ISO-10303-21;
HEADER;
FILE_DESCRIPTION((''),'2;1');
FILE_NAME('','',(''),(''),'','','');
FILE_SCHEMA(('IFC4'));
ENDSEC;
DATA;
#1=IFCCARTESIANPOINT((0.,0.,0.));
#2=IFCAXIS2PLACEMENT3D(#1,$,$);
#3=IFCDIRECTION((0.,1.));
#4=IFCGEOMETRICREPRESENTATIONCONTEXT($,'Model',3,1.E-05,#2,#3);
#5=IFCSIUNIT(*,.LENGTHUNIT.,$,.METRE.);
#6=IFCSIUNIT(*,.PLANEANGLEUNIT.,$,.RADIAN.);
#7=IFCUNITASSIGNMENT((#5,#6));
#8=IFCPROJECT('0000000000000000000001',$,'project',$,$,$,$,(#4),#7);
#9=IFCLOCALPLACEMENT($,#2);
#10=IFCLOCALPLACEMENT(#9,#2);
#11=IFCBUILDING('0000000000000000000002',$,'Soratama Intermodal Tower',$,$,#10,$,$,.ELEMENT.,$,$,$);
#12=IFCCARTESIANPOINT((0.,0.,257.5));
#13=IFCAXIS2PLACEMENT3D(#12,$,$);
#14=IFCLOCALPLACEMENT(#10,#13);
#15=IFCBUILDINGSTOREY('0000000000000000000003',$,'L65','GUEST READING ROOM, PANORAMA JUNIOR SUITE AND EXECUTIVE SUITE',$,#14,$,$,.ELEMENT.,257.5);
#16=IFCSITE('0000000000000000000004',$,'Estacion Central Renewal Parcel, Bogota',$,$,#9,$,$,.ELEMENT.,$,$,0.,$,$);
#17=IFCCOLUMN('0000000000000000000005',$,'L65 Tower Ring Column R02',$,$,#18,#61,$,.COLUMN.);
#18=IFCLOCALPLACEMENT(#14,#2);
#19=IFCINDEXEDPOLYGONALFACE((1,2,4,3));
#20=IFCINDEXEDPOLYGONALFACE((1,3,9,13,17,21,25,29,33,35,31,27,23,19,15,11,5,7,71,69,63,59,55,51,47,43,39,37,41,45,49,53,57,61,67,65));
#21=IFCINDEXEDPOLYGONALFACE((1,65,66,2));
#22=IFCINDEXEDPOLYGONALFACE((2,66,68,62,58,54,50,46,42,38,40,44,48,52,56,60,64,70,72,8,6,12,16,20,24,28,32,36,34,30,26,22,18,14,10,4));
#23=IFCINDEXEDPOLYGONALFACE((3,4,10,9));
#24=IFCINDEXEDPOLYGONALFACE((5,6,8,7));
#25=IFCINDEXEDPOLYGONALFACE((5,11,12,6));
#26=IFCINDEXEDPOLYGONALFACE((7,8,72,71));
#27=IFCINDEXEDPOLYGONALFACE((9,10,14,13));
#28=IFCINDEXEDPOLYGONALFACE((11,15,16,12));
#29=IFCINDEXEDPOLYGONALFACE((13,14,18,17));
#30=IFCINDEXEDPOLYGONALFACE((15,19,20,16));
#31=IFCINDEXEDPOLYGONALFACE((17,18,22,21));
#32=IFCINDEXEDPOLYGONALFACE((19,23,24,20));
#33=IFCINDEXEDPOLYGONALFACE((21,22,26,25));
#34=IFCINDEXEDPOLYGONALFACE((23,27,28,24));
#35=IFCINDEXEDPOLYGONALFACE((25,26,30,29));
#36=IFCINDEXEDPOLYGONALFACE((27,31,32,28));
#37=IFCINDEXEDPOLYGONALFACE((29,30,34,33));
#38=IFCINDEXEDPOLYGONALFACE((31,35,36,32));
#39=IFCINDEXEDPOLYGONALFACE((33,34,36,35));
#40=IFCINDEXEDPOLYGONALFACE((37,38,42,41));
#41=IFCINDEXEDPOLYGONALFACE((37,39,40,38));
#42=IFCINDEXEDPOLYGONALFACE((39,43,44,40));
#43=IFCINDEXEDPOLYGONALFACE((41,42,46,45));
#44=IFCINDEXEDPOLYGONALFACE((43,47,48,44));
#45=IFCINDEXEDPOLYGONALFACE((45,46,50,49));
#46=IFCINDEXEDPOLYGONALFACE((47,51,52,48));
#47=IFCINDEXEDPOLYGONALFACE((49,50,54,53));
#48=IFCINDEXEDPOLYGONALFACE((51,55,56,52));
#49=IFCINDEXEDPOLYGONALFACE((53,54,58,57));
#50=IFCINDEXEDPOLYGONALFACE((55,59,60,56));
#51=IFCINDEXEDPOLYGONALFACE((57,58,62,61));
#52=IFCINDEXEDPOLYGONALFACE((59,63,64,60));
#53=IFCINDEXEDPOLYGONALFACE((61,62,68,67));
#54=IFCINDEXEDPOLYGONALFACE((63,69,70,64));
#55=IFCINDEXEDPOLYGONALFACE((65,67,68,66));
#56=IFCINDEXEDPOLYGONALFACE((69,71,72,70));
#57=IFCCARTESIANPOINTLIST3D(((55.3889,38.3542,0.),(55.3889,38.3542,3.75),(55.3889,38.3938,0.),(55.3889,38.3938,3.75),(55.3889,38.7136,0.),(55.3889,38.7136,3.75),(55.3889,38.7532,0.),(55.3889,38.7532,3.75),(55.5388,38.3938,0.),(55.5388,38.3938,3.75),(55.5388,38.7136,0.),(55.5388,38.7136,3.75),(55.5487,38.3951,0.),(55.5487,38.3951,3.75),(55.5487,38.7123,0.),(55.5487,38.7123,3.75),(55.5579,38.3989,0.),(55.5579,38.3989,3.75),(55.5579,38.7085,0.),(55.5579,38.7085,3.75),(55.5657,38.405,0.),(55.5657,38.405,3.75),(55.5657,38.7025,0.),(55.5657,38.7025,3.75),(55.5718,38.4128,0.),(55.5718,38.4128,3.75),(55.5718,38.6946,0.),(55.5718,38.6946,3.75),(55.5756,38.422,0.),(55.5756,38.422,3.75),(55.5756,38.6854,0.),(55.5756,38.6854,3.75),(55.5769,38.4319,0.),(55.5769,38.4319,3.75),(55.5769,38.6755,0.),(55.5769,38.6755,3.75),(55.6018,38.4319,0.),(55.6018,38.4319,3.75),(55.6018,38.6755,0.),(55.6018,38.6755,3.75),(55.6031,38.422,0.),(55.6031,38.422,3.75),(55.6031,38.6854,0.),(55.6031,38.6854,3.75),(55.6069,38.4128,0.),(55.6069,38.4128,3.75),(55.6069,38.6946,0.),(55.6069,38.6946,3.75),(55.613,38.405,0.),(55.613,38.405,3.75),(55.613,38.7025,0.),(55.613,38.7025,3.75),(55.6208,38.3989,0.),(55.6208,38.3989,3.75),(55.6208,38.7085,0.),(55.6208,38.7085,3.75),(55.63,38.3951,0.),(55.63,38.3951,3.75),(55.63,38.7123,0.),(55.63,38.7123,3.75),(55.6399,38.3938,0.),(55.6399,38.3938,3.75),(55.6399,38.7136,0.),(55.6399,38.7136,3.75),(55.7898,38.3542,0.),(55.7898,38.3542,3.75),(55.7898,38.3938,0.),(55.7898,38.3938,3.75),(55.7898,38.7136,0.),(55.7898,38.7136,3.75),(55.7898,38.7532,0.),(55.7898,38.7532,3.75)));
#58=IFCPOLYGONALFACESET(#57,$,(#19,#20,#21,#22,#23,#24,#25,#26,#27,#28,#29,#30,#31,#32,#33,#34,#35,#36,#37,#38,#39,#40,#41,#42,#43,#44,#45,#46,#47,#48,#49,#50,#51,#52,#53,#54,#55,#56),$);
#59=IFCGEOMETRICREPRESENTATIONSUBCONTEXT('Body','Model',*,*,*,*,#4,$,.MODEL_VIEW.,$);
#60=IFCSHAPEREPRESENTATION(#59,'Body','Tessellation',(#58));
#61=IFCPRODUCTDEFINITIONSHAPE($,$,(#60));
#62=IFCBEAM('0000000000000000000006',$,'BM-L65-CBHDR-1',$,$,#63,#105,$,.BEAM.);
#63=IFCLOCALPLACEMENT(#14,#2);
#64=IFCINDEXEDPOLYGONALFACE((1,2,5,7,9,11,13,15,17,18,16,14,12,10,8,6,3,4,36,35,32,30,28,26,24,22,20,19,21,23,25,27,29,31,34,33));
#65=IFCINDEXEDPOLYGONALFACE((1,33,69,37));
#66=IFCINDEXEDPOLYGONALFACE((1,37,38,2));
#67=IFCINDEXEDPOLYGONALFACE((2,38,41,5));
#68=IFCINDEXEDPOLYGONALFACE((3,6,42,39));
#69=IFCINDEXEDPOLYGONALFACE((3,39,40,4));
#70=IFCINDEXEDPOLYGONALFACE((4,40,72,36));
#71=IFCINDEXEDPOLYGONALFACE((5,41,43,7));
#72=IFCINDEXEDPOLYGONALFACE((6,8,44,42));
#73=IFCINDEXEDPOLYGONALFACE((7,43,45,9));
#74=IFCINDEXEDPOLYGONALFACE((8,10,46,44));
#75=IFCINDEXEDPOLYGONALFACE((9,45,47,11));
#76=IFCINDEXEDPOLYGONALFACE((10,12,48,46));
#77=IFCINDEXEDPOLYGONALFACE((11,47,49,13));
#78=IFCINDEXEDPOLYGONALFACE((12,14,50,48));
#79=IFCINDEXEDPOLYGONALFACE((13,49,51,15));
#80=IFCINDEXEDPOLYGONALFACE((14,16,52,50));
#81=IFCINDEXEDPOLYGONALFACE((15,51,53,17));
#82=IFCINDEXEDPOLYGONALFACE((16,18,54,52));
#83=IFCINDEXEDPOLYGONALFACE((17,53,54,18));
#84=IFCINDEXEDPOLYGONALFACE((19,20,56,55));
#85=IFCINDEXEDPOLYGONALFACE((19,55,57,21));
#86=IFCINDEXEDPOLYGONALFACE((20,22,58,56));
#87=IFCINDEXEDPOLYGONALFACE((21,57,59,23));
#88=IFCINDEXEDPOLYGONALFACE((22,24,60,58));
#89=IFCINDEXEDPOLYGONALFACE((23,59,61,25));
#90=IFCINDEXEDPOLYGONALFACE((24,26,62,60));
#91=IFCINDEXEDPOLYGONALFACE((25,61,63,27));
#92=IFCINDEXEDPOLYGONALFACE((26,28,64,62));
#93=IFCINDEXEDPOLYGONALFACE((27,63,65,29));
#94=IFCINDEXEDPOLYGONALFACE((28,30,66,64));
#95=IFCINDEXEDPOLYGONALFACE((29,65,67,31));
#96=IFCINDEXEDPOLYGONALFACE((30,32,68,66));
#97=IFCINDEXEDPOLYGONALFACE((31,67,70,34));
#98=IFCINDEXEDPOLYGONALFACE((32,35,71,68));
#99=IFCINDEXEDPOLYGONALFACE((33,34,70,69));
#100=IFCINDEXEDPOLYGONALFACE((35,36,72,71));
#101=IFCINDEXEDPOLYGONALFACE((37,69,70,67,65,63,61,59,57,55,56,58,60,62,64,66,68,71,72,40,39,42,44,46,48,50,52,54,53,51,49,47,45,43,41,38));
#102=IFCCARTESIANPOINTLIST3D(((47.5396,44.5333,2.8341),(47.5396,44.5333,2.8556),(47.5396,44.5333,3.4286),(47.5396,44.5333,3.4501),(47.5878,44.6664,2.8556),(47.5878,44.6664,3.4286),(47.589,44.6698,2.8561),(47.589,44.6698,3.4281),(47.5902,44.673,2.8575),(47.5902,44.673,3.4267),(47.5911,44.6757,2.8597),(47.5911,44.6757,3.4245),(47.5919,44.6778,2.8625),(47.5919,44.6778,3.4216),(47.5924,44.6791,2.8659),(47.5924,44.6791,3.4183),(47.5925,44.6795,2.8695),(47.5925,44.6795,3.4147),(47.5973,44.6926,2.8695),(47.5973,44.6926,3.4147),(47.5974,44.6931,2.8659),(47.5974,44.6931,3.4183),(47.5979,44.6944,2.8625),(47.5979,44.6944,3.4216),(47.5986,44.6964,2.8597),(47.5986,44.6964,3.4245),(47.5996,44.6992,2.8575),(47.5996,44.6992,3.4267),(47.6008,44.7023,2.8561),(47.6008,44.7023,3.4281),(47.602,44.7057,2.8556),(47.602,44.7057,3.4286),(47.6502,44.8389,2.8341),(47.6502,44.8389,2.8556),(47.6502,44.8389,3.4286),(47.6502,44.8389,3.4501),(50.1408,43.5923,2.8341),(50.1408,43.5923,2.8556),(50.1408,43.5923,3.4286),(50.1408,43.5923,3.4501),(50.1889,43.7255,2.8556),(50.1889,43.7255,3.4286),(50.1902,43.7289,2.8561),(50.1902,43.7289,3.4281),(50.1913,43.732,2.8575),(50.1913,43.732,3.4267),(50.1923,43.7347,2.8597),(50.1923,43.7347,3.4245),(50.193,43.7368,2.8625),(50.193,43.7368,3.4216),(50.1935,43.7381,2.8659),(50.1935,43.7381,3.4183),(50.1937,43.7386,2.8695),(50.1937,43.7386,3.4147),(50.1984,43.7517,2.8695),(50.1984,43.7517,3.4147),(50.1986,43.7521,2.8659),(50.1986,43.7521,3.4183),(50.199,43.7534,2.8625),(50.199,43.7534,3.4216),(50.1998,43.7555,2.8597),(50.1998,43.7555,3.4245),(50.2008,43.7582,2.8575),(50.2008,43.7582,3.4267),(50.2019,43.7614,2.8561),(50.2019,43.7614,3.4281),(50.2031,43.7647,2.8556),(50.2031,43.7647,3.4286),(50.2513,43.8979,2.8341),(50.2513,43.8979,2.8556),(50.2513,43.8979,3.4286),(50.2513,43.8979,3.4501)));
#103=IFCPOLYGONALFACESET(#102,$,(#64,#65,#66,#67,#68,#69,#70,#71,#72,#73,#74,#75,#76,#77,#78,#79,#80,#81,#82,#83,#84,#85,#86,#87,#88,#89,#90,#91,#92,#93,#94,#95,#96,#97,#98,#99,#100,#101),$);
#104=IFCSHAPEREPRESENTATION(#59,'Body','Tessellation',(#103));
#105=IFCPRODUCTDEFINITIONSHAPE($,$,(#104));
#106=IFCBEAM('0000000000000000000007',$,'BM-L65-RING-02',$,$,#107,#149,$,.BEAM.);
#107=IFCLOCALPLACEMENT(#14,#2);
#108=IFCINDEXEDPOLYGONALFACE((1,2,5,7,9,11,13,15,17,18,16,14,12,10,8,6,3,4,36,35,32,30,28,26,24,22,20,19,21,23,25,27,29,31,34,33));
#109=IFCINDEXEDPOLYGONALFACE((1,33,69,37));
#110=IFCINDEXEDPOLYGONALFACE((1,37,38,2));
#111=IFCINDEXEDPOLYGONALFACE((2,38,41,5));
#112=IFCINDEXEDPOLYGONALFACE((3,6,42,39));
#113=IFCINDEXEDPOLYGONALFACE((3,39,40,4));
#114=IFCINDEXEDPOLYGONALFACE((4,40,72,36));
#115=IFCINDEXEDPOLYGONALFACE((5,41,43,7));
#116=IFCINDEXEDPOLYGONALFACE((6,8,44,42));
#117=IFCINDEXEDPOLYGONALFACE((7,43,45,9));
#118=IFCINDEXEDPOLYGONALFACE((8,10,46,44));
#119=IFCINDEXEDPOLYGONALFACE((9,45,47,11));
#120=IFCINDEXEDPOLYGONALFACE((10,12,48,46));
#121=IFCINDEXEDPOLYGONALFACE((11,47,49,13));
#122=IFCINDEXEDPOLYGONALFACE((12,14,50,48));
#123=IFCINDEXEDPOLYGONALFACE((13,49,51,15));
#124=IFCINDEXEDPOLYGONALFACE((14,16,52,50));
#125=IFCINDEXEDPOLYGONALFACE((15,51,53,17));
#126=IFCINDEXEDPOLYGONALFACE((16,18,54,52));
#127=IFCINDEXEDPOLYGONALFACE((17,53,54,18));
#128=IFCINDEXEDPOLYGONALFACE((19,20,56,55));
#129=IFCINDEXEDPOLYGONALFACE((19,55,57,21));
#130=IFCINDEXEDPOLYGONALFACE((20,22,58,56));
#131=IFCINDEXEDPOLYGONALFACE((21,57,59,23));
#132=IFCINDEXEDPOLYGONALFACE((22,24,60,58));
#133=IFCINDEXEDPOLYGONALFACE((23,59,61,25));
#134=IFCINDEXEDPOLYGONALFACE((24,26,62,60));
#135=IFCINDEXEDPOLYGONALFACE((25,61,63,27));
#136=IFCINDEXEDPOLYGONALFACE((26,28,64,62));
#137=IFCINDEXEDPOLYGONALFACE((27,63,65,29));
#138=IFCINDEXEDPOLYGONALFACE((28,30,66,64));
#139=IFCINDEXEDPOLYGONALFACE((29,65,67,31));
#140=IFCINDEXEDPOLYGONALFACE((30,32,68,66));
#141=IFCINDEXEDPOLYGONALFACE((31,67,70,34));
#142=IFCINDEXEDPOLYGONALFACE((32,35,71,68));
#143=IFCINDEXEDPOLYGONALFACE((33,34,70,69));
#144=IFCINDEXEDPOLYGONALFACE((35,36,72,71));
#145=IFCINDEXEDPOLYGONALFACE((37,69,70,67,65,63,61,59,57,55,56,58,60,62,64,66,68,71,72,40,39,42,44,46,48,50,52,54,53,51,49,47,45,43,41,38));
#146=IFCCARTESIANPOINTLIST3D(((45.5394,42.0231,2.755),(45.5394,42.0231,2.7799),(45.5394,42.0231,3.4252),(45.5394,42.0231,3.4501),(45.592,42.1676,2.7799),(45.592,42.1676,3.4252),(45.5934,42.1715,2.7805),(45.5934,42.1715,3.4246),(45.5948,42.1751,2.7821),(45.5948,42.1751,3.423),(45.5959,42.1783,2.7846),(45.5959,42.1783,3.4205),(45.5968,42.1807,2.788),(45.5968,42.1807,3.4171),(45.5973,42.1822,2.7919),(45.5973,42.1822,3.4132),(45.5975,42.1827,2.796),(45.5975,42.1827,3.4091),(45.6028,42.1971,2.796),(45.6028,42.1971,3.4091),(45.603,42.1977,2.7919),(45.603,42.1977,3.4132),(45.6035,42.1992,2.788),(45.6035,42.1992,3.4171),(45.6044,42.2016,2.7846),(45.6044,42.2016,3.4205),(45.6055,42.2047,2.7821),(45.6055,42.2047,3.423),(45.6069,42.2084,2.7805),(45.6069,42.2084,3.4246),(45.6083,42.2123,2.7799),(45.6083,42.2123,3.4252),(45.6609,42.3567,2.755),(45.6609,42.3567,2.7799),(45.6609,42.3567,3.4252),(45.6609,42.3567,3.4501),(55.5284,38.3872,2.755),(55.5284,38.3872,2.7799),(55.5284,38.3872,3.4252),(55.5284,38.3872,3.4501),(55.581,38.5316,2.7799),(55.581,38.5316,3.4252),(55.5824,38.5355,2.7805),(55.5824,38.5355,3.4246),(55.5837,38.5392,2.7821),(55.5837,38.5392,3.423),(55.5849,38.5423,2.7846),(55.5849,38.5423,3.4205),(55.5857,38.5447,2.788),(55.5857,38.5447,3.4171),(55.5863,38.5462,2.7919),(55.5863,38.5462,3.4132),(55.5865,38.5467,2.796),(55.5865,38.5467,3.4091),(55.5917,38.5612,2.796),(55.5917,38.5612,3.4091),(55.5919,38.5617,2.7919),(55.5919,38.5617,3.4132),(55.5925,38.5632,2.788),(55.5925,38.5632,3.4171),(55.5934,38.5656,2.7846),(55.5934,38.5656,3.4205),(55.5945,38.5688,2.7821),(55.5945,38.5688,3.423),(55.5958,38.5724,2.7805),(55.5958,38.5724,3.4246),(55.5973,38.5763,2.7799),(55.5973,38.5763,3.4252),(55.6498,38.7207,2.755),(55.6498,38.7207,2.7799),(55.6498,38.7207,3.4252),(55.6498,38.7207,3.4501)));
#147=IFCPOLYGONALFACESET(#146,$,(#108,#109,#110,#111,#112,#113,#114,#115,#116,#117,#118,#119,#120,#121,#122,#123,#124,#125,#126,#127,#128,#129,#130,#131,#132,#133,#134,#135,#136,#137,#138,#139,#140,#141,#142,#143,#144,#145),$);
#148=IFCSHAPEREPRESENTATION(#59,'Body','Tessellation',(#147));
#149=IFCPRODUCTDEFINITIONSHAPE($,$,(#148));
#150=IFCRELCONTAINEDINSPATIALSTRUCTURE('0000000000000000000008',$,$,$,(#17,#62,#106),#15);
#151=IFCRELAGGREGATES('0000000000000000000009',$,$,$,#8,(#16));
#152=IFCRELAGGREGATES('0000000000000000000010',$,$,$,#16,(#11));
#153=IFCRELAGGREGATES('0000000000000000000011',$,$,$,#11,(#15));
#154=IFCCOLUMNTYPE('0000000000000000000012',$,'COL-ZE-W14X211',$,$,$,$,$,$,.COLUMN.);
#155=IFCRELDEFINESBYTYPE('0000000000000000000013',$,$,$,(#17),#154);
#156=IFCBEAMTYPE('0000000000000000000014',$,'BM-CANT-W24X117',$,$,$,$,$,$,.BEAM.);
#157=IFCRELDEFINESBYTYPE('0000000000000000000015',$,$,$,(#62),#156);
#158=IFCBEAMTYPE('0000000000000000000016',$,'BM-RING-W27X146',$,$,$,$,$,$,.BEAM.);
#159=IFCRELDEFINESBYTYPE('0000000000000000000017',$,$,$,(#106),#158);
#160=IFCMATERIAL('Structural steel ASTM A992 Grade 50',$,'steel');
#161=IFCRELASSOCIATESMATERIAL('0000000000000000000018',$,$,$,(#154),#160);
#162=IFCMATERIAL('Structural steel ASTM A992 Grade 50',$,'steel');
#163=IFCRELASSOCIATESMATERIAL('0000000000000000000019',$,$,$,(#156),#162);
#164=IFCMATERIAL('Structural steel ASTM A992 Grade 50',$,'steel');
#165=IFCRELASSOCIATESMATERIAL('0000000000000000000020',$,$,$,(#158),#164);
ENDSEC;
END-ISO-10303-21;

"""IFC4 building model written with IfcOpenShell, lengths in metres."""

from ifc_helpers import new_model, si_unit, direction, frame, origin, origin_2d, place, context, subcontext, project, spatial, i_section, extrude, material, material_profile, profile_set, type_object, element, save


model = new_model("IFC4")

# Units and contexts
model_context = context("Model", 3, precision=1e-05, world=origin(), true_north=direction((0.0, 1.0)))
body_context = subcontext(model_context, "Body", "Model", "MODEL_VIEW")
ifc_project = project(units=[si_unit("LENGTHUNIT", "METRE"), si_unit("PLANEANGLEUNIT", "RADIAN")], contexts=[model_context])

# Site, building, storey
site_placement = place(None, origin())
site = spatial("IfcSite", under=ifc_project, at=site_placement, Name="Estacion Central Renewal Parcel, Bogota", CompositionType="ELEMENT", RefElevation=0.0)
building_placement = place(site_placement, origin())
building = spatial("IfcBuilding", under=site, at=building_placement, Name="Soratama Intermodal Tower", CompositionType="ELEMENT")
storey_placement = place(building_placement, frame((0.0, 0.0, 257.5)))
storey = spatial("IfcBuildingStorey", under=building, at=storey_placement, Name="L65", Description="GUEST READING ROOM, PANORAMA JUNIOR SUITE AND EXECUTIVE SUITE", CompositionType="ELEMENT", Elevation=257.5)

# Column
ifc_material_1 = material(Name="Structural steel ASTM A992 Grade 50", Category="steel")
ifc_material_profile_1 = material_profile(ifc_material_1, i_section(OverallWidth=0.4009, OverallDepth=0.3989, WebThickness=0.0249, FlangeThickness=0.0396, FilletRadius=0.0381, at=origin_2d()), Name="W14X211")
ifc_profile_set_1 = profile_set([ifc_material_profile_1], Name="Structural steel ASTM A992 Grade 50")
column_type = type_object("IfcColumnType", Name="COL-ZE-W14X211", PredefinedType="COLUMN", material=ifc_profile_set_1)
column_placement = place(storey_placement, frame((55.5894, 38.5537, 0.0), z_axis=(0.0, 0.0, 1.0), x_axis=(1.0, 0.0, 0.0)))
element("IfcColumn", 1, at=column_placement, inside=storey, type_object=column_type, Name="L65 Tower Ring Column R02", PredefinedType="COLUMN", context=body_context, shape_type="SweptSolid", body=[
    extrude(i_section(OverallWidth=0.4009, OverallDepth=0.3989, WebThickness=0.0249, FlangeThickness=0.0396, FilletRadius=0.0381, at=origin_2d()), origin(), (0.0, 0.0, 1.0), 3.75),
])

# Beams
ifc_material_2 = material(Name="Structural steel ASTM A992 Grade 50", Category="steel")
ifc_material_profile_2 = material_profile(ifc_material_2, i_section(OverallWidth=0.325, OverallDepth=0.616, WebThickness=0.0139, FlangeThickness=0.0215, FilletRadius=0.0139, at=origin_2d()), Name="W24X117")
ifc_profile_set_2 = profile_set([ifc_material_profile_2], Name="Structural steel ASTM A992 Grade 50")
beam_type_1 = type_object("IfcBeamType", Name="BM-CANT-W24X117", PredefinedType="BEAM", material=ifc_profile_set_2)
beam_1_placement = place(storey_placement, frame((50.196, 43.7451, 3.1421), z_axis=(-0.940364, 0.340169, 0.0), x_axis=(-0.340169, -0.940364, 0.0)))
element("IfcBeam", 2, at=beam_1_placement, inside=storey, type_object=beam_type_1, Name="BM-L65-CBHDR-1", PredefinedType="BEAM", context=body_context, shape_type="SweptSolid", body=[
    extrude(i_section(OverallWidth=0.325, OverallDepth=0.616, WebThickness=0.0139, FlangeThickness=0.0215, FilletRadius=0.0139, at=origin_2d()), origin(), (0.0, 0.0, 1.0), 2.7661),
])
ifc_material_3 = material(Name="Structural steel ASTM A992 Grade 50", Category="steel")
ifc_material_profile_3 = material_profile(ifc_material_3, i_section(OverallWidth=0.355, OverallDepth=0.6951, WebThickness=0.0154, FlangeThickness=0.0249, FilletRadius=0.0161, at=origin_2d()), Name="W27X146")
ifc_profile_set_3 = profile_set([ifc_material_profile_3], Name="Structural steel ASTM A992 Grade 50")
beam_type_2 = type_object("IfcBeamType", Name="BM-RING-W27X146", PredefinedType="BEAM", material=ifc_profile_set_3)
beam_2_placement = place(storey_placement, frame((55.5891, 38.554, 3.1025), z_axis=(-0.939684, 0.342044, 0.0), x_axis=(-0.342044, -0.939684, 0.0)))
element("IfcBeam", 3, at=beam_2_placement, inside=storey, type_object=beam_type_2, Name="BM-L65-RING-02", PredefinedType="BEAM", context=body_context, shape_type="SweptSolid", body=[
    extrude(i_section(OverallWidth=0.355, OverallDepth=0.6951, WebThickness=0.0154, FlangeThickness=0.0249, FilletRadius=0.0161, at=origin_2d()), origin(), (0.0, 0.0, 1.0), 10.6301),
])

save(model, "model.ifc")
